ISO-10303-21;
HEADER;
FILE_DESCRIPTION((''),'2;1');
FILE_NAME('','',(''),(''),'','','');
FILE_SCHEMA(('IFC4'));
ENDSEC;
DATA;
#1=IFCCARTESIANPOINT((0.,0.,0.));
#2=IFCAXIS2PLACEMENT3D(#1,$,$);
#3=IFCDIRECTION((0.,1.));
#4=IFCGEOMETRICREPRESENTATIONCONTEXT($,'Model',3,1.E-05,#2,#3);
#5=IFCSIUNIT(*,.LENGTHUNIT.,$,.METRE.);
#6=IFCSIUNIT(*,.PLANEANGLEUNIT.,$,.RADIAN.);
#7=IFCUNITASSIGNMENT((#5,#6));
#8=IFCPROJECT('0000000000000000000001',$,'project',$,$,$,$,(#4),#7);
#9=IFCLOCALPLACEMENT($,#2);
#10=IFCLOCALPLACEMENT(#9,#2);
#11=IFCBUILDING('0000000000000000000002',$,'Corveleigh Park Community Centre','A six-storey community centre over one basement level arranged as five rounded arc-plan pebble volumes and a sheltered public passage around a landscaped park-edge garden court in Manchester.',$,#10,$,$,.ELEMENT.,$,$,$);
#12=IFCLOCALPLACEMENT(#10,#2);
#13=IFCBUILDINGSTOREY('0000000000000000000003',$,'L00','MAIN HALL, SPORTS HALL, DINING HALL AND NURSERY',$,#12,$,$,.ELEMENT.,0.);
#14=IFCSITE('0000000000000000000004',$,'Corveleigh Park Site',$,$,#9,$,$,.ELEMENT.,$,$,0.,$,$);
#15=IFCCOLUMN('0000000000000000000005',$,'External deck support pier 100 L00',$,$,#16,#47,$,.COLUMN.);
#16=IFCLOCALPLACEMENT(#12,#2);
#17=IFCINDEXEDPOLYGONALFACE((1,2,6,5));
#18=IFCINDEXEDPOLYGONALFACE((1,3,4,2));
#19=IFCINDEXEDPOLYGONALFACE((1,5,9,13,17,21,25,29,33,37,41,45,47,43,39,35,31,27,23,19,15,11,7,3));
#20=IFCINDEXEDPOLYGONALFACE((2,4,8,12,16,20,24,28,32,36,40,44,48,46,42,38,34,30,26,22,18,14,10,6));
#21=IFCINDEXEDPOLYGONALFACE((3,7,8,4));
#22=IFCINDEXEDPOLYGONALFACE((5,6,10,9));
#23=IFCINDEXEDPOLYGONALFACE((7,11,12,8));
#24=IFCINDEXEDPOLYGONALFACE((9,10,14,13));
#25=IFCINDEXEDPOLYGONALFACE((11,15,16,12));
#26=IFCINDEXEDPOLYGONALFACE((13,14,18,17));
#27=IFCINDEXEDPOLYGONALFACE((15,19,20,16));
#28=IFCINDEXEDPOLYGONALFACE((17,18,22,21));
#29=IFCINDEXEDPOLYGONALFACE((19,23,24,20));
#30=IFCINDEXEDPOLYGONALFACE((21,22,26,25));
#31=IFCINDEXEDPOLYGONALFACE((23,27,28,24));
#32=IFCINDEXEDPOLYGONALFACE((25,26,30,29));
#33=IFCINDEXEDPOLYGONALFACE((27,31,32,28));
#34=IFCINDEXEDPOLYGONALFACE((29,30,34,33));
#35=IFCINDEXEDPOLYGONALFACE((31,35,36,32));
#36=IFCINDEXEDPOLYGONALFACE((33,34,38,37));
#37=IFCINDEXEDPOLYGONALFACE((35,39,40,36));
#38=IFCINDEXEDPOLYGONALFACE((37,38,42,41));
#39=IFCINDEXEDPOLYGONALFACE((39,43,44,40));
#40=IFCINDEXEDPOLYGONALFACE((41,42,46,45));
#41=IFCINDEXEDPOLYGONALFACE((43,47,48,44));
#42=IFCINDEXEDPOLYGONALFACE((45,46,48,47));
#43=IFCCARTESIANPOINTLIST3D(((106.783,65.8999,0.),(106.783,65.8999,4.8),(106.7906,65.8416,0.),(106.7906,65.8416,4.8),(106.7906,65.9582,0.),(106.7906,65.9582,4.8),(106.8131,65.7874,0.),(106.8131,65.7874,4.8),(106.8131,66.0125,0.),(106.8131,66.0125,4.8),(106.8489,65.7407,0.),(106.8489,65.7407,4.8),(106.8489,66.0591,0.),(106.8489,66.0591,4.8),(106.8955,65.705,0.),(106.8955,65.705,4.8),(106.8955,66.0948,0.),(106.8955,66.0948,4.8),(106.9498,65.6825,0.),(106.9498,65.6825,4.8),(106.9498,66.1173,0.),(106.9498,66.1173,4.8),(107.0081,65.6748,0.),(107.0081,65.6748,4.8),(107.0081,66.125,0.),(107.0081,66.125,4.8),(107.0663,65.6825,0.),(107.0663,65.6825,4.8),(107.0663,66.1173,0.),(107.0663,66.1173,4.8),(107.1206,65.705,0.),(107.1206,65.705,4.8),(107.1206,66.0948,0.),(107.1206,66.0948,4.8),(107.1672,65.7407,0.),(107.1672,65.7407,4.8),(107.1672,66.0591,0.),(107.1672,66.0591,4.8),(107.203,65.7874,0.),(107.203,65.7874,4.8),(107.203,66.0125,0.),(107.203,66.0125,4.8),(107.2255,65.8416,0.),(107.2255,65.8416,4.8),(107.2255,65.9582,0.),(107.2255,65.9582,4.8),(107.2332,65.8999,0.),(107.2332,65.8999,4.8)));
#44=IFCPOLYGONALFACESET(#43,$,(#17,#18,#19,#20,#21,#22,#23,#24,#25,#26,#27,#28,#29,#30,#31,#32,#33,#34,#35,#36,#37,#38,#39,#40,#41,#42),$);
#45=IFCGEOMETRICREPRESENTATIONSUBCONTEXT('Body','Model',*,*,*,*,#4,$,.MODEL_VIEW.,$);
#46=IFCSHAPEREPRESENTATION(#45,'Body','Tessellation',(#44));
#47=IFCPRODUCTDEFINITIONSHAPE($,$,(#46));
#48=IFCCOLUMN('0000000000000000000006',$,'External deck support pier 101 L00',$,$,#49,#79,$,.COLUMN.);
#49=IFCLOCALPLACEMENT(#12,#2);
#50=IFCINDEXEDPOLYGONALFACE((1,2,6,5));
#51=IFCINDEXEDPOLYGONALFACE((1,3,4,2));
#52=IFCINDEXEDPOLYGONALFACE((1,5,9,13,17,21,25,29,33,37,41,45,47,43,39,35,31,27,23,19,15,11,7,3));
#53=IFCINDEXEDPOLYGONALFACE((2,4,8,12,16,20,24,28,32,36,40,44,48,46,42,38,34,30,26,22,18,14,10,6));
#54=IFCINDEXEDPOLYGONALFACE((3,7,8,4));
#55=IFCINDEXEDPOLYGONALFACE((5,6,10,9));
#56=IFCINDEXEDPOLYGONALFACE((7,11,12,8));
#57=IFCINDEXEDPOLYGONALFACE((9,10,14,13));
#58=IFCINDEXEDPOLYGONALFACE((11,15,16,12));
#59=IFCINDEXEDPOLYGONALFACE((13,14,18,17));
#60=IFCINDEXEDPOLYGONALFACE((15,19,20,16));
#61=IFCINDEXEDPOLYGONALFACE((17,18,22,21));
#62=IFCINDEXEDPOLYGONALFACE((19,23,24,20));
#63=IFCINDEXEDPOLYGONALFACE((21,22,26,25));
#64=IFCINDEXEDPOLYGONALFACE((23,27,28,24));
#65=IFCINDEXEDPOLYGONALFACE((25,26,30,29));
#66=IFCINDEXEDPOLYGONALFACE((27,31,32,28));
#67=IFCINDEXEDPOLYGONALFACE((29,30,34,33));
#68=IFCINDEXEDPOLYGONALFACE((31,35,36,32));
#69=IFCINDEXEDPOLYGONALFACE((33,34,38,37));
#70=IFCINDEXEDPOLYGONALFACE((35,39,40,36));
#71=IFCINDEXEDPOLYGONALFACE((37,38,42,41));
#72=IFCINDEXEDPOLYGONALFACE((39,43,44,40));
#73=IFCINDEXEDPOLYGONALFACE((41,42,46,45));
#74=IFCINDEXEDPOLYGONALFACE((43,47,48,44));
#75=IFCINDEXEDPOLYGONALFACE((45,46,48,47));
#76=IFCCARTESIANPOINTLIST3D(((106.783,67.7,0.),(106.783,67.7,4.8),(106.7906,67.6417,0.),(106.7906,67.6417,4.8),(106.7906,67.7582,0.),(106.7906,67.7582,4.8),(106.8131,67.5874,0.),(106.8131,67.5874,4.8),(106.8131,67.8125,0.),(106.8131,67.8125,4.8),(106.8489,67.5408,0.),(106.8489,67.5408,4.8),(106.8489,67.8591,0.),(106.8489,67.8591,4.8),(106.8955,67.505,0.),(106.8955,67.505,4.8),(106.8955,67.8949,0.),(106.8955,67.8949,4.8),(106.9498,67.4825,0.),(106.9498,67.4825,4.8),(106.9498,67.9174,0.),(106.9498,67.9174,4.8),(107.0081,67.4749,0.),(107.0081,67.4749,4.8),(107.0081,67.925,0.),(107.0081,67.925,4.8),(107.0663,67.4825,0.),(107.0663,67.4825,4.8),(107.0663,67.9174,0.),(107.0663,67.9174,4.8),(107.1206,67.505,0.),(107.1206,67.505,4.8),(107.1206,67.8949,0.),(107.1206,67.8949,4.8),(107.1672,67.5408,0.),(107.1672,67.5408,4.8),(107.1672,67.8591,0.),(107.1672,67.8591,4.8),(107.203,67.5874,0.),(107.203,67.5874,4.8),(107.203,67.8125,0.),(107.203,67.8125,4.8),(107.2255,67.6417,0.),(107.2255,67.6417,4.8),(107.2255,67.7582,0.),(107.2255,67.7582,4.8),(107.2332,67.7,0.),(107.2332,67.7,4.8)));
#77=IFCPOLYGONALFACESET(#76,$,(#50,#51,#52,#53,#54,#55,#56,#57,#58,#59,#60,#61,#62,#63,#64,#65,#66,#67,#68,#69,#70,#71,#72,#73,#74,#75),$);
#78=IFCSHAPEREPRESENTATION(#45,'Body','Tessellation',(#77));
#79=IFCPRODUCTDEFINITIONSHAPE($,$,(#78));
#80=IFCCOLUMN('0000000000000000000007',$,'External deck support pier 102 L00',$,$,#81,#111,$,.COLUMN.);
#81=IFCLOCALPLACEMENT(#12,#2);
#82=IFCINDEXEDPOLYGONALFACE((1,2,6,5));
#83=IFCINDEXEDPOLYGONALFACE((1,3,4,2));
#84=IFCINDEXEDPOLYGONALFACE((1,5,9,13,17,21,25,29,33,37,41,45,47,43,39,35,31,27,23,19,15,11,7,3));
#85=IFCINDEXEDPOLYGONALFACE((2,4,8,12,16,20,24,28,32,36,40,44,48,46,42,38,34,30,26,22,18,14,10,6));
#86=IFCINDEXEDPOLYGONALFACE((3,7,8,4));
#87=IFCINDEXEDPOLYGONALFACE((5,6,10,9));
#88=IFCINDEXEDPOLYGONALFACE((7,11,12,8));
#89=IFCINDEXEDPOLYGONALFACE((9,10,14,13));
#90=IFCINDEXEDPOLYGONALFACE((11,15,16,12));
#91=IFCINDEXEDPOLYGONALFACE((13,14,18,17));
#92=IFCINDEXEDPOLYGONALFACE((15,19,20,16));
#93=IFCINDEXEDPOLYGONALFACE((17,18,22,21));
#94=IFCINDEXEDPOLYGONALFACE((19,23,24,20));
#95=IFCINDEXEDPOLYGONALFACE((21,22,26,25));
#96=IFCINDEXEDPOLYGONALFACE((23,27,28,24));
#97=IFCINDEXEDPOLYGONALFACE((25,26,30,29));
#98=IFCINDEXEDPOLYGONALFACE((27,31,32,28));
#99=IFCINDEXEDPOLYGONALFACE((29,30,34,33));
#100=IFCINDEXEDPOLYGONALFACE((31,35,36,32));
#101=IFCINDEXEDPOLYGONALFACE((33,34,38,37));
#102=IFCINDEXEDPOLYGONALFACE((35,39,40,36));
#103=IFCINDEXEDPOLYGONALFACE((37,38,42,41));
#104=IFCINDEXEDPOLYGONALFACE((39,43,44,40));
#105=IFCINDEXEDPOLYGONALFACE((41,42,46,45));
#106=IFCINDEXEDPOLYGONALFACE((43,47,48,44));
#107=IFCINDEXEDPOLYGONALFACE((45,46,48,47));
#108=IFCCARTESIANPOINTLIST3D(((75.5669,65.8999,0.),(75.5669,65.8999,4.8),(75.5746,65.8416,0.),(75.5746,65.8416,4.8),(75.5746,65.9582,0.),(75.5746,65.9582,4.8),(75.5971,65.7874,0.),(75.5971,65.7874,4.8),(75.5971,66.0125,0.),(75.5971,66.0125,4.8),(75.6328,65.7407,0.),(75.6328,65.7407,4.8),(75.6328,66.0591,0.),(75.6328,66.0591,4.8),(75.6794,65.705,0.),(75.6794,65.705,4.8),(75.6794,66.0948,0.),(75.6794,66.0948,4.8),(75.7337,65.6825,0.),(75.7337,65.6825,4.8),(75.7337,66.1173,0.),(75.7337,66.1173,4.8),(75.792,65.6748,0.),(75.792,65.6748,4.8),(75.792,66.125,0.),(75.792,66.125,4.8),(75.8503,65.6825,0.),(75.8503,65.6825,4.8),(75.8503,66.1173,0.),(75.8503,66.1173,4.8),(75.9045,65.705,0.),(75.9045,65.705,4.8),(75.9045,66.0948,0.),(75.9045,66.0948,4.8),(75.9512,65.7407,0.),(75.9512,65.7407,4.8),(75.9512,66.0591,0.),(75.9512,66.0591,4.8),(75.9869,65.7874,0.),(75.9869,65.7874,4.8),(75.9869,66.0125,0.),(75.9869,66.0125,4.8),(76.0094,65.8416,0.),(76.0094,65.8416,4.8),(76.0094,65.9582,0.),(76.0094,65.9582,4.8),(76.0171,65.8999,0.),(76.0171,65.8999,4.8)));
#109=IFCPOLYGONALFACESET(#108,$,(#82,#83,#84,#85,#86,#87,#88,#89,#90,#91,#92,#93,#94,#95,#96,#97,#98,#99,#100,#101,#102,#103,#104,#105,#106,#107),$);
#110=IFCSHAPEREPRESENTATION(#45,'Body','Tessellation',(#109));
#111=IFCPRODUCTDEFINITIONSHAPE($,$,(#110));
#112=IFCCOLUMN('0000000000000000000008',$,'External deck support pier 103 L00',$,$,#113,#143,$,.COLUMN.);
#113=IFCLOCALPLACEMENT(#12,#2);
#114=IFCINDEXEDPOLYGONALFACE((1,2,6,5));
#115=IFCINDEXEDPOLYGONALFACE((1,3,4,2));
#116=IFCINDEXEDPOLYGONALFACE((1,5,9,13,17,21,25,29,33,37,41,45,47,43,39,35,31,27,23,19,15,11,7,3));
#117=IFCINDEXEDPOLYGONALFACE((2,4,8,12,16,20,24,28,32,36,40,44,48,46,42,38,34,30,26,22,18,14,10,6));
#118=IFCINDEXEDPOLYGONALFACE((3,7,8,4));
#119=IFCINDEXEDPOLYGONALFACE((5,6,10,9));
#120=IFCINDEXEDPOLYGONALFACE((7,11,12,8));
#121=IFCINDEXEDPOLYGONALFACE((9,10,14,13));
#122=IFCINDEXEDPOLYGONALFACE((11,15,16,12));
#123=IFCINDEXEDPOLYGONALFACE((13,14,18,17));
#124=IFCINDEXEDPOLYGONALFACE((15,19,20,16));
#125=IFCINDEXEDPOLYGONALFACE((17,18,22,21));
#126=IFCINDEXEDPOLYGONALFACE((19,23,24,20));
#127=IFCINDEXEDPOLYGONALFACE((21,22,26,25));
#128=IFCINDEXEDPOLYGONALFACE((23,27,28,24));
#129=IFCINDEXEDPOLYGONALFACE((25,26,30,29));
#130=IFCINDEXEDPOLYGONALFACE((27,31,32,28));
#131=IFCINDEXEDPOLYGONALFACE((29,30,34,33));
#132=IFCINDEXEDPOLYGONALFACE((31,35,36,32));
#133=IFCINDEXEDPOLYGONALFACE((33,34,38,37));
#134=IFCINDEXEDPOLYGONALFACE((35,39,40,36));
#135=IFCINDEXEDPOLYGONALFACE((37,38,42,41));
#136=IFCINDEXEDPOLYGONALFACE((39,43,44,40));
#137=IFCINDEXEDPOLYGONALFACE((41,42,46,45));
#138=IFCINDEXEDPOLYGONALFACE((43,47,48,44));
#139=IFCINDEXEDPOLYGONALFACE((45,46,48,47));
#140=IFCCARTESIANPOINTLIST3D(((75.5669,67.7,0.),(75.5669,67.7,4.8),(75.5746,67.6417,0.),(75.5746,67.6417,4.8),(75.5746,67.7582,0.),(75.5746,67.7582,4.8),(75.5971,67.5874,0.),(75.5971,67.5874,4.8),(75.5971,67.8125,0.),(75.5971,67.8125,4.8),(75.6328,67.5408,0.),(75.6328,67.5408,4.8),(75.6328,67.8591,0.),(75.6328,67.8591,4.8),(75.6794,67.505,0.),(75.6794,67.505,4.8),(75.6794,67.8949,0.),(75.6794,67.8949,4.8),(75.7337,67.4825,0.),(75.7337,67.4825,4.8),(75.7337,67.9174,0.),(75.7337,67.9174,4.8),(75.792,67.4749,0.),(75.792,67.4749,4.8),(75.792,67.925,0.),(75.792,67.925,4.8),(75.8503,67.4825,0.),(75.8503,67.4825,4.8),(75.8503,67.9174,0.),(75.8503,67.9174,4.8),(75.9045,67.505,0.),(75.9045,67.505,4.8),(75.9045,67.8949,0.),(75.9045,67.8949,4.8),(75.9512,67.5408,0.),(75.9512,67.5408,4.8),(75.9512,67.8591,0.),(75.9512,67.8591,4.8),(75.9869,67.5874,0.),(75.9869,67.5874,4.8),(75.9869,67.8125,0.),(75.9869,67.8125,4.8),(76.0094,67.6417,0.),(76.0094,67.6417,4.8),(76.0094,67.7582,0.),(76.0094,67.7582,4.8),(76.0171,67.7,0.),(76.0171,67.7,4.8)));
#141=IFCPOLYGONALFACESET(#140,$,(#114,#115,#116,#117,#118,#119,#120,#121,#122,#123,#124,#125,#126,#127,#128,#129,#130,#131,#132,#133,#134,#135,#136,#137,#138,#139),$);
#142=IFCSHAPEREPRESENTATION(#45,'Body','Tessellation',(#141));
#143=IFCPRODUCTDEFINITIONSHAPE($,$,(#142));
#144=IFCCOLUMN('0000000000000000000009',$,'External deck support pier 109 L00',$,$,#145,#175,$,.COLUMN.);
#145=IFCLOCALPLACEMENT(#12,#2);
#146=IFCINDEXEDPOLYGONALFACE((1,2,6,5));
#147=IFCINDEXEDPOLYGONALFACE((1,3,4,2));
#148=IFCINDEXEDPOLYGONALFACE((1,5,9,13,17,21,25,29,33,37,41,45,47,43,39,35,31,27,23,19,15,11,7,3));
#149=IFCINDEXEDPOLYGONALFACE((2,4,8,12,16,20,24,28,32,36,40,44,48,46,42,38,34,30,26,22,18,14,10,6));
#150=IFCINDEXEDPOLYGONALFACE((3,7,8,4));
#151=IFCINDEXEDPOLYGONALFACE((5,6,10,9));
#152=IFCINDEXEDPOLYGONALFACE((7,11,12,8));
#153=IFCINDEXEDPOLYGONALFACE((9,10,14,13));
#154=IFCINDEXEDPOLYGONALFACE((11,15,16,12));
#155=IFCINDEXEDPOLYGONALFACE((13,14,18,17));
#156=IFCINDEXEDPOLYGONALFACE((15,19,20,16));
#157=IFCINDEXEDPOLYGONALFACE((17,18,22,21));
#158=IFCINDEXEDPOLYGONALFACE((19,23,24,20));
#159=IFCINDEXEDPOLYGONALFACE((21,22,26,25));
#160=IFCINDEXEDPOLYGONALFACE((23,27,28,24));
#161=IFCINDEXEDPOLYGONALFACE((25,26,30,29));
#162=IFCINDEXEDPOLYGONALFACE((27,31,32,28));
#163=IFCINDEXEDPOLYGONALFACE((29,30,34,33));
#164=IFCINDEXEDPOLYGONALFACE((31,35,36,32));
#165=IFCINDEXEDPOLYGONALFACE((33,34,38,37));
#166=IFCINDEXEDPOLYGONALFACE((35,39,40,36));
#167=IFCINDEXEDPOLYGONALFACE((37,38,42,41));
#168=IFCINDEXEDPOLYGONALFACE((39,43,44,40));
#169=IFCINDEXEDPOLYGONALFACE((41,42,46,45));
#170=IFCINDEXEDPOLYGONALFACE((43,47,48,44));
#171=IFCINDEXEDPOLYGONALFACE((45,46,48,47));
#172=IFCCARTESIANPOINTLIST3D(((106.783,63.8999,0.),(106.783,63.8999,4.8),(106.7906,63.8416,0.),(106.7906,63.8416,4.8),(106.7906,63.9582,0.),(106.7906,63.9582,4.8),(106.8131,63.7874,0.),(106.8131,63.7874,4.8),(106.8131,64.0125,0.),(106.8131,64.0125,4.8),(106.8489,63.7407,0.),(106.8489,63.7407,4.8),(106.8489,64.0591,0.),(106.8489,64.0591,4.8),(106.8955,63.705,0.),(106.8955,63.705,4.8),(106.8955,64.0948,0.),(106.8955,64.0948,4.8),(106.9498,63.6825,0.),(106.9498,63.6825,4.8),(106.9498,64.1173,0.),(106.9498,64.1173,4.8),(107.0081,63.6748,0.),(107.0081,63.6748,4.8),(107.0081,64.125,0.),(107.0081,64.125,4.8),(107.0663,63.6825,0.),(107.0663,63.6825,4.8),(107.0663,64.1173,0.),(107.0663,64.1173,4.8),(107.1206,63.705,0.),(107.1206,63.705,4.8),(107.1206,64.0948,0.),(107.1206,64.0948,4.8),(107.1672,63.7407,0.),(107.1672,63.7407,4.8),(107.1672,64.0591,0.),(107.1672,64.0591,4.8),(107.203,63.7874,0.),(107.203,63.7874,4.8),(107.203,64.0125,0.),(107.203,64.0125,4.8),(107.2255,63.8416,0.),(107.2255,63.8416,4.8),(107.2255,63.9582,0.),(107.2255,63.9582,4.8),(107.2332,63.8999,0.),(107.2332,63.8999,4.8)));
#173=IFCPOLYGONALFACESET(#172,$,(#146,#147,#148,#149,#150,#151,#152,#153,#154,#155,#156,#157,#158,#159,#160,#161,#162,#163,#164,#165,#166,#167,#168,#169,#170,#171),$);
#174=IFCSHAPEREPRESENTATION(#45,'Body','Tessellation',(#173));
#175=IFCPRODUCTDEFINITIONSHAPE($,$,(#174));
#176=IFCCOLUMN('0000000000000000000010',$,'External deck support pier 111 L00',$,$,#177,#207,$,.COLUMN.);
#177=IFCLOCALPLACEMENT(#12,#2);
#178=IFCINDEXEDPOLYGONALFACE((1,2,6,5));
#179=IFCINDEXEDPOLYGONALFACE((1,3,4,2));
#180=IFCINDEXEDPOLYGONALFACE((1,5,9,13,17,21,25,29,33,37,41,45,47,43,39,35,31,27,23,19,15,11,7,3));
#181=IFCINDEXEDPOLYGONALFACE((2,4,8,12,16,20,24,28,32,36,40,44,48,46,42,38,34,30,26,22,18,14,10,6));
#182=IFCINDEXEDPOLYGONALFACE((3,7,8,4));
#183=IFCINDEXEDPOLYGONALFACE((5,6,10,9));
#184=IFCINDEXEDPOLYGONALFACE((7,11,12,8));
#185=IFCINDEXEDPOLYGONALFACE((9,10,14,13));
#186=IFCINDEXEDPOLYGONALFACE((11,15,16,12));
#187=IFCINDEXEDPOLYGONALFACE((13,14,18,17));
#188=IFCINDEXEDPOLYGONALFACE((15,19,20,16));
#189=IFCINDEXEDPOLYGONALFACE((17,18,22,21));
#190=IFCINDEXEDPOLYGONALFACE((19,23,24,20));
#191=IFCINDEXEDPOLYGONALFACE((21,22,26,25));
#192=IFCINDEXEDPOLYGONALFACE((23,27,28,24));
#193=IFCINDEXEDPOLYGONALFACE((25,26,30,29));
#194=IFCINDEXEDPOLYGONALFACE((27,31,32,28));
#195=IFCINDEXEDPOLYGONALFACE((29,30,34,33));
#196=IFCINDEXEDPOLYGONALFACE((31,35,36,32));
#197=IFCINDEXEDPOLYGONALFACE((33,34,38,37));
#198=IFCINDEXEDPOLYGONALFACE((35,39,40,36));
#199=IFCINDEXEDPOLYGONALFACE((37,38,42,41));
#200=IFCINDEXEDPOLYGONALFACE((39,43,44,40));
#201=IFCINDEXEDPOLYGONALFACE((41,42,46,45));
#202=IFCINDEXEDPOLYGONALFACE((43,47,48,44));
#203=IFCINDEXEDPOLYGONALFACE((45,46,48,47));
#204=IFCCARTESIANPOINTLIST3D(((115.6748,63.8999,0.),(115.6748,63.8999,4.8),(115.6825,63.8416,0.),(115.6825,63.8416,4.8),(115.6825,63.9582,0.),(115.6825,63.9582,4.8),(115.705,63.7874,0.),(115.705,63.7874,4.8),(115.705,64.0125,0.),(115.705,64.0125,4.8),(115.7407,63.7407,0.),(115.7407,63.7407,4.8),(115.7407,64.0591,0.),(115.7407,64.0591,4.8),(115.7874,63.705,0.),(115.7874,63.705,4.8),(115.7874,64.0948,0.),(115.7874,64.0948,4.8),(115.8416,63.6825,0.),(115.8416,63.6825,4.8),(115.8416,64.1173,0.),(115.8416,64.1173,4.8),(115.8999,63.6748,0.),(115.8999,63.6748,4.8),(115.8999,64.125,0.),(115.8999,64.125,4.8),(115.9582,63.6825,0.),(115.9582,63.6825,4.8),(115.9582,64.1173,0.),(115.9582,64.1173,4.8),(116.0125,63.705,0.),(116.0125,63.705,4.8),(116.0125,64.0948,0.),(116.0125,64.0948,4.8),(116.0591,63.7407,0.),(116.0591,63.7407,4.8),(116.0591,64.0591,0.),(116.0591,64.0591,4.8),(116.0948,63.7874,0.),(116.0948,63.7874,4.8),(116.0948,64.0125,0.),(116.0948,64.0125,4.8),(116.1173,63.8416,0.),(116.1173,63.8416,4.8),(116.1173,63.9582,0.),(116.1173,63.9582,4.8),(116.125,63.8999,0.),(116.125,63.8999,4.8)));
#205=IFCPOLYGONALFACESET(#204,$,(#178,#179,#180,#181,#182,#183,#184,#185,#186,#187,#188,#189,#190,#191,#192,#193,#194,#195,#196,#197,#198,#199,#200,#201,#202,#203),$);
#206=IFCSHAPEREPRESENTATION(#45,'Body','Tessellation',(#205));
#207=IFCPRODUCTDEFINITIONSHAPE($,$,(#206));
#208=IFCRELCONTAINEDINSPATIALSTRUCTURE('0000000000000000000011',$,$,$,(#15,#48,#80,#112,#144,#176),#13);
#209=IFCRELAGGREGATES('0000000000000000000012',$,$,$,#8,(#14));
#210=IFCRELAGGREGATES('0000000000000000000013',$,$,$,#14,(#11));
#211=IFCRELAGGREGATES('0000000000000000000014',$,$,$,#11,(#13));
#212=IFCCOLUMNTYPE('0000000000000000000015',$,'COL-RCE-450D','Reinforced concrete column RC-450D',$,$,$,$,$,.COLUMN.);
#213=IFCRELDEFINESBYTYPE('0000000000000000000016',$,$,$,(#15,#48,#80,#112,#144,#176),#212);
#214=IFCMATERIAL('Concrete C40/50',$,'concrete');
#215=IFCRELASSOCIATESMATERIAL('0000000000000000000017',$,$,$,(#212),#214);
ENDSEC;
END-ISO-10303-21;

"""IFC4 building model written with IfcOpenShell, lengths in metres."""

from ifc_helpers import new_model, si_unit, direction, frame, origin, origin_2d, place, context, subcontext, project, spatial, circle, extrude, material, material_profile, profile_set, type_object, element, save


model = new_model("IFC4")

# Units and contexts
model_context = context("Model", 3, precision=1e-05, world=origin(), true_north=direction((0.0, 1.0)))
body_context = subcontext(model_context, "Body", "Model", "MODEL_VIEW")
ifc_project = project(units=[si_unit("LENGTHUNIT", "METRE"), si_unit("PLANEANGLEUNIT", "RADIAN")], contexts=[model_context])

# Site, building, storey
site_placement = place(None, origin())
site = spatial("IfcSite", under=ifc_project, at=site_placement, Name="Corveleigh Park Site", CompositionType="ELEMENT", RefElevation=0.0)
building_placement = place(site_placement, origin())
building = spatial("IfcBuilding", under=site, at=building_placement, Name="Corveleigh Park Community Centre", Description="A six-storey community centre over one basement level arranged as five rounded arc-plan pebble volumes and a sheltered public passage around a landscaped park-edge garden court in Manchester.", CompositionType="ELEMENT")
storey_placement = place(building_placement, origin())
storey = spatial("IfcBuildingStorey", under=building, at=storey_placement, Name="L00", Description="MAIN HALL, SPORTS HALL, DINING HALL AND NURSERY", CompositionType="ELEMENT", Elevation=0.0)

# Columns
ifc_material_1 = material(Name="Concrete C40/50", Category="concrete")
ifc_material_profile_1 = material_profile(ifc_material_1, circle(Radius=0.2251, at=origin_2d()), Name="RC-450D", Category="concrete")
ifc_profile_set_1 = profile_set([ifc_material_profile_1], Name="Concrete C40/50")
column_type_1 = type_object("IfcColumnType", Name="COL-RCE-450D", Description="Reinforced concrete column RC-450D", PredefinedType="COLUMN", material=ifc_profile_set_1)
for number, where, z_axis, x_axis, name in (
    (1, (107.0081, 65.8999, 0.0), (0.0, 0.0, 1.0), (1.0, 0.0, 0.0), "External deck support pier 100 L00"),
    (2, (107.0081, 67.7, 0.0), (0.0, 0.0, 1.0), (1.0, 0.0, 0.0), "External deck support pier 101 L00"),
    (3, (75.792, 65.8999, 0.0), (0.0, 0.0, 1.0), (1.0, 0.0, 0.0), "External deck support pier 102 L00"),
    (4, (75.792, 67.7, 0.0), (0.0, 0.0, 1.0), (1.0, 0.0, 0.0), "External deck support pier 103 L00"),
    (5, (107.0081, 63.8999, 0.0), (0.0, 0.0, 1.0), (1.0, 0.0, 0.0), "External deck support pier 109 L00"),
    (6, (115.8999, 63.8999, 0.0), (0.0, 0.0, 1.0), (1.0, 0.0, 0.0), "External deck support pier 111 L00"),
):
    element("IfcColumn", number, at=place(storey_placement, frame(where, z_axis=z_axis, x_axis=x_axis)), inside=storey, type_object=column_type_1, Name=name, PredefinedType="COLUMN", context=body_context, shape_type="SweptSolid", body=[
        extrude(circle(Radius=0.2251, at=origin_2d()), origin(), (0.0, 0.0, 1.0), 4.8),
    ])

save(model, "model.ifc")
